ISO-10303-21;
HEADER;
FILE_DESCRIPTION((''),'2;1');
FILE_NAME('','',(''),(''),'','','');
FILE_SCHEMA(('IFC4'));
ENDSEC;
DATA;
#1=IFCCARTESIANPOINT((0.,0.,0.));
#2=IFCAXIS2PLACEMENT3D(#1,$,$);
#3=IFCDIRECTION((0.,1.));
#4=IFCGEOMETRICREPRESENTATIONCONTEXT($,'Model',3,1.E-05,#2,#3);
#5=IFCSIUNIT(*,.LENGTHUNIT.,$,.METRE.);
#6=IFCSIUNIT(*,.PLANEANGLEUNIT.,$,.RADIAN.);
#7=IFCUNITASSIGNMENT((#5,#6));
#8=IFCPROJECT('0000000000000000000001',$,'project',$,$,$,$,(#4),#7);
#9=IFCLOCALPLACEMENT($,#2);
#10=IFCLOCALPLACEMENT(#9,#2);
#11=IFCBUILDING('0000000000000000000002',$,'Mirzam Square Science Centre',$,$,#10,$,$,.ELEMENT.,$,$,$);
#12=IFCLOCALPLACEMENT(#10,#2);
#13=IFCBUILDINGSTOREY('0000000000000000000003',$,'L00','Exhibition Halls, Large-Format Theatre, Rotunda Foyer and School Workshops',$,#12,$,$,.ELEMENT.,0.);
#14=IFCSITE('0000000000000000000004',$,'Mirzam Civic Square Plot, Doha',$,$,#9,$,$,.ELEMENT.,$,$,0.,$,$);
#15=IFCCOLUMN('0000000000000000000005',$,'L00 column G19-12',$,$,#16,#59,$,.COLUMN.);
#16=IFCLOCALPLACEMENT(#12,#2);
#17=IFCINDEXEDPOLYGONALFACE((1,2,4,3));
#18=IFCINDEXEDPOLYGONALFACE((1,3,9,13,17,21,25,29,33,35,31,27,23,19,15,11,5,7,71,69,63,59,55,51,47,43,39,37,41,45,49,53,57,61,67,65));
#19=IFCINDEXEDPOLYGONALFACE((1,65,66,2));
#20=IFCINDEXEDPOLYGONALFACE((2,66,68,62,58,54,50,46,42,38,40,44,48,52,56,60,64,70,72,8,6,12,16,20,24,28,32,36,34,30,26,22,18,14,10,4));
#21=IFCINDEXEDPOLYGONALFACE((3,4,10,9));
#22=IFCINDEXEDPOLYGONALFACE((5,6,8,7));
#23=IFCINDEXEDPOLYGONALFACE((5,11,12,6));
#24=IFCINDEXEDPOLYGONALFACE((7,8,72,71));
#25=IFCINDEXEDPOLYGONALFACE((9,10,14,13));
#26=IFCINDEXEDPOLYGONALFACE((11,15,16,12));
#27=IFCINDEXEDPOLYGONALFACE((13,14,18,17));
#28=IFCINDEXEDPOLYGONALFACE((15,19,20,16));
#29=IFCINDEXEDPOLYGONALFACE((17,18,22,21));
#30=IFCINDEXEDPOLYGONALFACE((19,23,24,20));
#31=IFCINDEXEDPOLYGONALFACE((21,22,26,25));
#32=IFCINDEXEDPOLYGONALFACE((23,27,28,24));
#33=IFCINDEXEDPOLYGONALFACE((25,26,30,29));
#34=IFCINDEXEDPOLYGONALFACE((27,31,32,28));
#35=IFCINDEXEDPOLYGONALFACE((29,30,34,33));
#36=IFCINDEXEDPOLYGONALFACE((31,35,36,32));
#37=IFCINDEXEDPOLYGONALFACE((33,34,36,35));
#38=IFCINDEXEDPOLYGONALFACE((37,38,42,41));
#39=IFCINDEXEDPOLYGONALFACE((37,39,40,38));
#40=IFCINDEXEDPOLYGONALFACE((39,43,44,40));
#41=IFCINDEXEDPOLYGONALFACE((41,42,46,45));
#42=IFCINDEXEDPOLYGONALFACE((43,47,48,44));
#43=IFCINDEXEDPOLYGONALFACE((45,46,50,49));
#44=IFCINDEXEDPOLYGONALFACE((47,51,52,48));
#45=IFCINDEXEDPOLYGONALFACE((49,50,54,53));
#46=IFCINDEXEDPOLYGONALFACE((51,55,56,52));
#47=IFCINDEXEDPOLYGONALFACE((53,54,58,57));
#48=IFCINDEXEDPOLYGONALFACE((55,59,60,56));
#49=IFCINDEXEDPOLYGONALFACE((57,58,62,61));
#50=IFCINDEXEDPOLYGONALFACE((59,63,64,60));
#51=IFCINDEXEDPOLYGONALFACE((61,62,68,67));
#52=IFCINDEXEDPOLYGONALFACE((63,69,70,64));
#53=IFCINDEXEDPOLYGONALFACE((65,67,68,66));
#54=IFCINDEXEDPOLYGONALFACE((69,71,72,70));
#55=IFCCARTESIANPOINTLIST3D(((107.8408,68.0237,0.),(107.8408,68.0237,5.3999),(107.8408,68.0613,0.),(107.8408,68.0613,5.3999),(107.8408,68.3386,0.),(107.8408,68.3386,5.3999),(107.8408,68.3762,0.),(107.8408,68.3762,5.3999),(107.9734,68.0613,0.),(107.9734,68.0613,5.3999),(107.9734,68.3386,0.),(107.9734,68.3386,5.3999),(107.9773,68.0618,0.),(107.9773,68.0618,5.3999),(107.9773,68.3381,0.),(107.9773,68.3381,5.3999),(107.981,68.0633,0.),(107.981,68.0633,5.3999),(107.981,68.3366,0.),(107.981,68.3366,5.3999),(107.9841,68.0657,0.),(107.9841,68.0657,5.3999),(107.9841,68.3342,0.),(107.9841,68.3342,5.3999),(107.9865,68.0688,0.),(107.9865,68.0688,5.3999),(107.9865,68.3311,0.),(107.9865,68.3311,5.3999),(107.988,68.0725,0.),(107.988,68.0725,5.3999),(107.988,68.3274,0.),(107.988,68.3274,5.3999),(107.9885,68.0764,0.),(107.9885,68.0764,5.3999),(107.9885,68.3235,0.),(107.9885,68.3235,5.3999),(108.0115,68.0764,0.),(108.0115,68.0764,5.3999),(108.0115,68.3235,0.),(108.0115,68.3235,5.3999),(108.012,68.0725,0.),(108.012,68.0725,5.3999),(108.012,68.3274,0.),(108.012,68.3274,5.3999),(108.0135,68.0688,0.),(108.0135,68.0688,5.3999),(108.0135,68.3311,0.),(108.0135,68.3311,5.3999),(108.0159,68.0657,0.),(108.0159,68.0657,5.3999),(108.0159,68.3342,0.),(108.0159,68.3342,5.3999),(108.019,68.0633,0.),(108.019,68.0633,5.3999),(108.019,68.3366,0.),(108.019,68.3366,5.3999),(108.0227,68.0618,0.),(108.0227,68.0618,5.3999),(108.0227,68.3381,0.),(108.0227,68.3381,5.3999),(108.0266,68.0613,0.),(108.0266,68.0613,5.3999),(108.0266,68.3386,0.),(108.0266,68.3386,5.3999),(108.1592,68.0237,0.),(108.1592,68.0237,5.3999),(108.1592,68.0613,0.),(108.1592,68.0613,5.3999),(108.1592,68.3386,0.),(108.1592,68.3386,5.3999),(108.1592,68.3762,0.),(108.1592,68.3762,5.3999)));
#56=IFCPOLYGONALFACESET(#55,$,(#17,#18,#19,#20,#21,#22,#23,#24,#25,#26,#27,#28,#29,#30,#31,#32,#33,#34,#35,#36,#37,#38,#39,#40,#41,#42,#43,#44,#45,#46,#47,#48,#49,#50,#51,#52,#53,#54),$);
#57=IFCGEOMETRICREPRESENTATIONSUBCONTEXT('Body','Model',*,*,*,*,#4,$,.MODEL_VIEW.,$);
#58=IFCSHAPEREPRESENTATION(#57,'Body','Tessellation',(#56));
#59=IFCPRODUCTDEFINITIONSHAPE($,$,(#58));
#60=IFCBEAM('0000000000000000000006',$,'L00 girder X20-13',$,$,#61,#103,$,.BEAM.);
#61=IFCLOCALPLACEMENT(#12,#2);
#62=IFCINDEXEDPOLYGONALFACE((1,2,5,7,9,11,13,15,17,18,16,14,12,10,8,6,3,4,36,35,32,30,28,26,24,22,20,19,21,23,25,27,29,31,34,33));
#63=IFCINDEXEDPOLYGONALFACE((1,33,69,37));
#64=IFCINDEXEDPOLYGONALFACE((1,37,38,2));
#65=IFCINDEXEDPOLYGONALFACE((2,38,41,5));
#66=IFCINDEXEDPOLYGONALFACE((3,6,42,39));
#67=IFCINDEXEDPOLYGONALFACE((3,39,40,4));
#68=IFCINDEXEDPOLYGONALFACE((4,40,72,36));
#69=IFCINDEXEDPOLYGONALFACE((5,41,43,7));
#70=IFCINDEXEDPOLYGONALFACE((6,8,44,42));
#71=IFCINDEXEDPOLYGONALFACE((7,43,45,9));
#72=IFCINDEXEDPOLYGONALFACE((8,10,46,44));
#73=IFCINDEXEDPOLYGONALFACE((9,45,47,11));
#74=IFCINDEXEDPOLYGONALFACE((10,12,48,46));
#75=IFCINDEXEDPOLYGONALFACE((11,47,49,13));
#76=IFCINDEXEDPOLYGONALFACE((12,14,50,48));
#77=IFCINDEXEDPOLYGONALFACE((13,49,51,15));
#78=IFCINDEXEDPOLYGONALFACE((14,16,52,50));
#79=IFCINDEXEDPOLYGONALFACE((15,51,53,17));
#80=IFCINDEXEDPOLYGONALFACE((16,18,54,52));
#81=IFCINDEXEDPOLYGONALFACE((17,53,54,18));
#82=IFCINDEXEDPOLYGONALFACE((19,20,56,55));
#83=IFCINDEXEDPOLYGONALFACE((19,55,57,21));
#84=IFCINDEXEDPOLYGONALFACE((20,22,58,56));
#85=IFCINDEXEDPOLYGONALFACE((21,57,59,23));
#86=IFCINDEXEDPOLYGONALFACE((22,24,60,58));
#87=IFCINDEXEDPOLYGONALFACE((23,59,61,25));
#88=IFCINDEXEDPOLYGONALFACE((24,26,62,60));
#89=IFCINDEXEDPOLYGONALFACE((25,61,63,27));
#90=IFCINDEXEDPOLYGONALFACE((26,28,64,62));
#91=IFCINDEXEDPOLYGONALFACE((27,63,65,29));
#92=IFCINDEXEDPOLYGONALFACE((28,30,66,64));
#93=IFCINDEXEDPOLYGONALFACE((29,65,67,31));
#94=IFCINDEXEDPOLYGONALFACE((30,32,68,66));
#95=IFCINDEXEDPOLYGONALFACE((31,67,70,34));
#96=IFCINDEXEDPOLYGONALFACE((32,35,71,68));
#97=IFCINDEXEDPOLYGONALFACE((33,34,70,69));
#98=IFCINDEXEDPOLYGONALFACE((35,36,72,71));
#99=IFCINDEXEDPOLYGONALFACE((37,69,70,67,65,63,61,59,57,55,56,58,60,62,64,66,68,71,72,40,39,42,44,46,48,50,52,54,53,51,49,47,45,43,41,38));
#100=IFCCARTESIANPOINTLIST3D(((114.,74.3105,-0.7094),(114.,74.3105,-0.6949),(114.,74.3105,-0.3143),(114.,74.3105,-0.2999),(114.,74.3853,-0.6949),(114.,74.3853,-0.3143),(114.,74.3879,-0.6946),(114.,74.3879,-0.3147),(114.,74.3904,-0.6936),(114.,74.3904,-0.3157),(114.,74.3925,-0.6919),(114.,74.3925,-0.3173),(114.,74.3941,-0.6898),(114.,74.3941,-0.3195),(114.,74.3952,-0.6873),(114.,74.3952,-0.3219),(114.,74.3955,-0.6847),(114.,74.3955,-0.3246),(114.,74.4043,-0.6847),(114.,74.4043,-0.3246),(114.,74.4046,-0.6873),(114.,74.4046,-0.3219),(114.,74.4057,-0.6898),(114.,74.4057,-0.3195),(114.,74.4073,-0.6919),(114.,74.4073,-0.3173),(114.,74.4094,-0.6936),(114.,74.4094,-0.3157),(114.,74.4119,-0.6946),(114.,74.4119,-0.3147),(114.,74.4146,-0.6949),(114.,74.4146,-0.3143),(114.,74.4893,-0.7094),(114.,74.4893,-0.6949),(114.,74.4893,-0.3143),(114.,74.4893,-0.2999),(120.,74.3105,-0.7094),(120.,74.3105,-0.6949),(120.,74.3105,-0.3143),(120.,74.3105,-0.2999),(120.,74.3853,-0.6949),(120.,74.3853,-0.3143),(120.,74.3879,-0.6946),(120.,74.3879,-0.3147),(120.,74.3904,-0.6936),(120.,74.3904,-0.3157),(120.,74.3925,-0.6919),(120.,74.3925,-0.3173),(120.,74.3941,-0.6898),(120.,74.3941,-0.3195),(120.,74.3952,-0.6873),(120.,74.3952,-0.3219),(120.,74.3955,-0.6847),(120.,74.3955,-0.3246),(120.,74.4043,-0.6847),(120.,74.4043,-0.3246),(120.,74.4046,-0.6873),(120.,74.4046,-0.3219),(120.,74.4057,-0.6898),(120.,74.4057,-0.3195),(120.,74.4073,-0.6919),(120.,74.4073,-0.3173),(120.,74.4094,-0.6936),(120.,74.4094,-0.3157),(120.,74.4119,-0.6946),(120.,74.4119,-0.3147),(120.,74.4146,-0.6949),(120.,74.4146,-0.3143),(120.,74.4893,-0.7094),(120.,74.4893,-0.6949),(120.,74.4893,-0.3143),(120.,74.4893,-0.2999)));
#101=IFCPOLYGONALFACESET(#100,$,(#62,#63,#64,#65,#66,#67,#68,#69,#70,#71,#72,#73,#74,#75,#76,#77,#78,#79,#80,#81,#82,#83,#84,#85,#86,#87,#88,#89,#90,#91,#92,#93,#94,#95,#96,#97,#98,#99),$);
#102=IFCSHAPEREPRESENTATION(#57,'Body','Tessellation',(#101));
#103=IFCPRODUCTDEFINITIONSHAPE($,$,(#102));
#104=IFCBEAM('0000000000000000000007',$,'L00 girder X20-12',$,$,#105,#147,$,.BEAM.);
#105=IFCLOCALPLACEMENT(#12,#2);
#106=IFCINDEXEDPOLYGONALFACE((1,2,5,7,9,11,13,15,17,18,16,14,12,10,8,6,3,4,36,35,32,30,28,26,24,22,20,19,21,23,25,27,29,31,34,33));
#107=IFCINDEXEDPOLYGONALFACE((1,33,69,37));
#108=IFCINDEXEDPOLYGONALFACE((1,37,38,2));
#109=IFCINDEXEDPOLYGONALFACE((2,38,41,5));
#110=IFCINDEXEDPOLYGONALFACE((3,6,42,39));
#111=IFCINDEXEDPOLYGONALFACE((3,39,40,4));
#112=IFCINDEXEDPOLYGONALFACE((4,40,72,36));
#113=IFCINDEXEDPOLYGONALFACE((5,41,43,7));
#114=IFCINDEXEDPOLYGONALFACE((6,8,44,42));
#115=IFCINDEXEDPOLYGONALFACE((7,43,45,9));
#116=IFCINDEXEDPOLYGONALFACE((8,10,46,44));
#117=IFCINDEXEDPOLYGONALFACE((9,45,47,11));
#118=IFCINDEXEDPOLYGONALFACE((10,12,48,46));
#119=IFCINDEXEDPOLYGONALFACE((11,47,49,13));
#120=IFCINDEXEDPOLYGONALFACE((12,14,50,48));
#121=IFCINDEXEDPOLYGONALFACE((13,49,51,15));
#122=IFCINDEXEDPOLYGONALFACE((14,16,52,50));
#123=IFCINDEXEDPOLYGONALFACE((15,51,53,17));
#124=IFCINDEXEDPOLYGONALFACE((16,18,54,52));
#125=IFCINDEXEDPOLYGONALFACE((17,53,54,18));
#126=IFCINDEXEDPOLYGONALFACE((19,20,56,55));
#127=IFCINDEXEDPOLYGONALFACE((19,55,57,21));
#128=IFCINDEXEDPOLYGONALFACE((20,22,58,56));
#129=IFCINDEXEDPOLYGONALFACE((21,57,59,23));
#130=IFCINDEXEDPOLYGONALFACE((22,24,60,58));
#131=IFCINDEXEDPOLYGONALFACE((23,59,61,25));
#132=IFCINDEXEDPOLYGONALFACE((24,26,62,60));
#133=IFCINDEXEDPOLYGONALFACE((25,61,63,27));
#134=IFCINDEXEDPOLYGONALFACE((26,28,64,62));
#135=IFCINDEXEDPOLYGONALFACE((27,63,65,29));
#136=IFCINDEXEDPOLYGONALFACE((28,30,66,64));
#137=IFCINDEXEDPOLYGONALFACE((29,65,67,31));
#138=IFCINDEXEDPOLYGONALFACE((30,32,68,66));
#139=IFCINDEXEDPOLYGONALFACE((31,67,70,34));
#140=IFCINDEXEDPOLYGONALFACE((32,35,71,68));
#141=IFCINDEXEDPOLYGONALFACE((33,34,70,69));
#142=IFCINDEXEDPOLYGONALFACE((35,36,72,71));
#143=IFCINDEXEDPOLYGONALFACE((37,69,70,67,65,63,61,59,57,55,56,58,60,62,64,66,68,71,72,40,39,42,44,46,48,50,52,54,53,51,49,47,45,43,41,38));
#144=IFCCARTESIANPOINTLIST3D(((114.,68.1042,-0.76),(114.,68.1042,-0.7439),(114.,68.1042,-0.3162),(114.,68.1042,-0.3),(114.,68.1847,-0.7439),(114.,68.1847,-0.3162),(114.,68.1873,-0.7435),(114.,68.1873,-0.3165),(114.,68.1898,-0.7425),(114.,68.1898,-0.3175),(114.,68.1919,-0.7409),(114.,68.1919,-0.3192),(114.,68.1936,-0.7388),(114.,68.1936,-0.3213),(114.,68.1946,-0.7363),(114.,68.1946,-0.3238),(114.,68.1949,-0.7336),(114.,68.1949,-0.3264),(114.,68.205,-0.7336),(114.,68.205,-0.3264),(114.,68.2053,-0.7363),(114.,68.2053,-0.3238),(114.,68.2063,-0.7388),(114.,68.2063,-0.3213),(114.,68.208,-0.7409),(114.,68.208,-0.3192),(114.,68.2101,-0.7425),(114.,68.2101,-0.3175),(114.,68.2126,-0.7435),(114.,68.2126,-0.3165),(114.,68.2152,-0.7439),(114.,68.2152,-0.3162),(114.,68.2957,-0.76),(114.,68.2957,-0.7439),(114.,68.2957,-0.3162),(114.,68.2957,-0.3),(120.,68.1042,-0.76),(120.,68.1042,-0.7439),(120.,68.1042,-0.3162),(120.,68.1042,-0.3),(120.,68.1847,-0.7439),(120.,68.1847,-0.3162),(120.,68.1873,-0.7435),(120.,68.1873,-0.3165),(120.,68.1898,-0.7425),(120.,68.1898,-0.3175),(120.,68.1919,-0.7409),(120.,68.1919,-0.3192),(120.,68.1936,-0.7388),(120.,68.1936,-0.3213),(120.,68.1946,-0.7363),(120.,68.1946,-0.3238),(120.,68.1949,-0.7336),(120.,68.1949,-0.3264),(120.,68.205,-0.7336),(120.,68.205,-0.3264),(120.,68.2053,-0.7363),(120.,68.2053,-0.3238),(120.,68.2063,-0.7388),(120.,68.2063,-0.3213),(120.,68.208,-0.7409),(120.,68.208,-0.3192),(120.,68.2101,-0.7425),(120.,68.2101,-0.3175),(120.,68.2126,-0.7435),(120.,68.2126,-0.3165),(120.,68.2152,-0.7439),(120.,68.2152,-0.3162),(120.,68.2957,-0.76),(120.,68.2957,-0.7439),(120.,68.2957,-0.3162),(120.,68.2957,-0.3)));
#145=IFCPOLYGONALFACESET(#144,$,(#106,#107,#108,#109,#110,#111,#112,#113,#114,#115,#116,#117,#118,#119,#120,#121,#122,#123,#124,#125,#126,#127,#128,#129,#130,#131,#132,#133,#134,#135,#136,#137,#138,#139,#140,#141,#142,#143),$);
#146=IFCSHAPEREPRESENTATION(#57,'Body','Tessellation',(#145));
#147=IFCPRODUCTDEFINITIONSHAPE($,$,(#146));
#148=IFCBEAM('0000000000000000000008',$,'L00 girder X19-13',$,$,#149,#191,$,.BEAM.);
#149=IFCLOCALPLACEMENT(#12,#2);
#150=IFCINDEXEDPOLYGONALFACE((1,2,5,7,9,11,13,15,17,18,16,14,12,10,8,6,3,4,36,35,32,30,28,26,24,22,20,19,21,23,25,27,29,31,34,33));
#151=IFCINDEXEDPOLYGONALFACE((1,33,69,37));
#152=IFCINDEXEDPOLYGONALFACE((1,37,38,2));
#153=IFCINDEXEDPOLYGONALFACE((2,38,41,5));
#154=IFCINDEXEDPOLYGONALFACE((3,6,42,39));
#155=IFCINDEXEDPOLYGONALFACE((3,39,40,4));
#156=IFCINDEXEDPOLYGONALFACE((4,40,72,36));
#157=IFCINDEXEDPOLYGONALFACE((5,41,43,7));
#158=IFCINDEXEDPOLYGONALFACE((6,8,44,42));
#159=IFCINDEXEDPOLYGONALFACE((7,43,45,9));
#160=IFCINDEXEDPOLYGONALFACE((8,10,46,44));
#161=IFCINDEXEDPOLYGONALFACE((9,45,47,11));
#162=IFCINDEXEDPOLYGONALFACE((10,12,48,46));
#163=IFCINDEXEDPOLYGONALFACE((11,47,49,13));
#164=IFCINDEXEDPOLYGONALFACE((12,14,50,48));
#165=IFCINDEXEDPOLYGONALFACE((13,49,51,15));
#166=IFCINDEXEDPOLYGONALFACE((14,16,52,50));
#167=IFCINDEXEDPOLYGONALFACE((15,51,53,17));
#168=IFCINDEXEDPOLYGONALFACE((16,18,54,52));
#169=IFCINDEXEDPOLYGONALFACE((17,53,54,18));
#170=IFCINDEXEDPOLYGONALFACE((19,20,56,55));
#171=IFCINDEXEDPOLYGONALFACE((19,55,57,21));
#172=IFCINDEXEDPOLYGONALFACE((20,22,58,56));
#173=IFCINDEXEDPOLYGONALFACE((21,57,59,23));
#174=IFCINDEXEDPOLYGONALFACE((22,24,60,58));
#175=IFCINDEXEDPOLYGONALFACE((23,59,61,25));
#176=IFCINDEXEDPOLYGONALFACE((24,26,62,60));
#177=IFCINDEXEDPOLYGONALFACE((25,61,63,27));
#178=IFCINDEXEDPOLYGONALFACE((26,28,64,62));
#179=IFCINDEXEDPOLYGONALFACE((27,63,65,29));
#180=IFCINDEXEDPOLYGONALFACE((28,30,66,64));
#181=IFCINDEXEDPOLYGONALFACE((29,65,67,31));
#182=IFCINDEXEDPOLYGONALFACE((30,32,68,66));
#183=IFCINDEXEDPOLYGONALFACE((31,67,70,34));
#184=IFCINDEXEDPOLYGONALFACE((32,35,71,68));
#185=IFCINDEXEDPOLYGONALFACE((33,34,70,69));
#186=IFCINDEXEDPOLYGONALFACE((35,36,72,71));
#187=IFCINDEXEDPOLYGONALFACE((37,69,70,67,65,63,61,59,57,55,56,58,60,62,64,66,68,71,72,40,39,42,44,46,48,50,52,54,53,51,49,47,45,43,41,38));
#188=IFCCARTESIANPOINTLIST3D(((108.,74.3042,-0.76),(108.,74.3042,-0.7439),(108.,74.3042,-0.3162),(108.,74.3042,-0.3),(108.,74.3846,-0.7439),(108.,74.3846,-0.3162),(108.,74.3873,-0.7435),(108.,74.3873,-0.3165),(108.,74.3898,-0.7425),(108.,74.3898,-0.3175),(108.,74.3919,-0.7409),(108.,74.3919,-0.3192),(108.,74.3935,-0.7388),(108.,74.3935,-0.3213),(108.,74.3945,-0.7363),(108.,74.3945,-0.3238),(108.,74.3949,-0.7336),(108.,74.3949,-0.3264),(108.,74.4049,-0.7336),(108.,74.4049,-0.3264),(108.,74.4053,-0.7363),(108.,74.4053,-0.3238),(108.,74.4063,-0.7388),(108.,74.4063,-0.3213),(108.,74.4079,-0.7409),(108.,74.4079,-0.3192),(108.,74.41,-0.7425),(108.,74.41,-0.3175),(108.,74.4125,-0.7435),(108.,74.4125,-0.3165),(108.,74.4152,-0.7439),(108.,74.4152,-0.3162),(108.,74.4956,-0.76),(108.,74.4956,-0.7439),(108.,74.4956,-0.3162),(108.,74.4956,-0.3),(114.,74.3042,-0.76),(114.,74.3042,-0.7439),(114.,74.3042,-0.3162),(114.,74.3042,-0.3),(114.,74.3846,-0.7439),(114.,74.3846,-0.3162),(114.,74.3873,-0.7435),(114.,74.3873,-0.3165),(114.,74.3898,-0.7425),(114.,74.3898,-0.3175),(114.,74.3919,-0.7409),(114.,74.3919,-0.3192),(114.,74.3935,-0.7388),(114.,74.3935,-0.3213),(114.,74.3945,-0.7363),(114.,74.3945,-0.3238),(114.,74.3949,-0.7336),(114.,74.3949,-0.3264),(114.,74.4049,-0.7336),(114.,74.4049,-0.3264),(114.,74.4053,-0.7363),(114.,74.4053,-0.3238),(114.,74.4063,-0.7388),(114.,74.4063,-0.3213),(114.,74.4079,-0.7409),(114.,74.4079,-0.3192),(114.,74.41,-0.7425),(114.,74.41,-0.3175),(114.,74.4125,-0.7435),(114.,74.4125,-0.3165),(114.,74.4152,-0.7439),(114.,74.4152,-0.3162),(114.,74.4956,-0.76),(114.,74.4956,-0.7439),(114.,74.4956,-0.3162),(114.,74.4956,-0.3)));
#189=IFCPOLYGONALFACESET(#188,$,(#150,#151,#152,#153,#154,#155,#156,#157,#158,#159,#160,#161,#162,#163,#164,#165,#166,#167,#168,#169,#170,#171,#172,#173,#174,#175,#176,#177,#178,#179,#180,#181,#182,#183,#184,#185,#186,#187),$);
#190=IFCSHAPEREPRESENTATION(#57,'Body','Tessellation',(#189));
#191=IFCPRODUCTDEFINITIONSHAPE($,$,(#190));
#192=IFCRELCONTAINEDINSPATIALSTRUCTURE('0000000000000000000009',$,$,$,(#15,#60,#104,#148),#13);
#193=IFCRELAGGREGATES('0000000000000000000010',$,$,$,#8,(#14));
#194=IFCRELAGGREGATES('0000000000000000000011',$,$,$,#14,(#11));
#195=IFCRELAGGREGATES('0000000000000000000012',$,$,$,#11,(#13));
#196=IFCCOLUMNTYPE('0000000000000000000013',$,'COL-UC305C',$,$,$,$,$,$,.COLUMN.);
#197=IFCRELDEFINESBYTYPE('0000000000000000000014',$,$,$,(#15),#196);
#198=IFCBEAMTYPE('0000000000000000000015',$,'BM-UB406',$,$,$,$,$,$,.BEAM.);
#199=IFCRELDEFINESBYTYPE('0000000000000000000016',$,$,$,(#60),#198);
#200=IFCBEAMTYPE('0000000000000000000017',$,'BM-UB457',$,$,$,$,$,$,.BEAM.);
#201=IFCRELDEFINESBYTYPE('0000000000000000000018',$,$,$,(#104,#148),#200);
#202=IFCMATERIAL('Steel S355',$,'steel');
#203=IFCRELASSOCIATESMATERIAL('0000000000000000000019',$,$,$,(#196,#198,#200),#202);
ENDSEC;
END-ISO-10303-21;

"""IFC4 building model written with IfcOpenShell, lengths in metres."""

from ifc_helpers import new_model, si_unit, direction, frame, origin, origin_2d, place, context, subcontext, project, spatial, i_section, extrude, material, material_profile, profile_set, type_object, element, save


model = new_model("IFC4")

# Units and contexts
model_context = context("Model", 3, precision=1e-05, world=origin(), true_north=direction((0.0, 1.0)))
body_context = subcontext(model_context, "Body", "Model", "MODEL_VIEW")
ifc_project = project(units=[si_unit("LENGTHUNIT", "METRE"), si_unit("PLANEANGLEUNIT", "RADIAN")], contexts=[model_context])

# Site, building, storey
site_placement = place(None, origin())
site = spatial("IfcSite", under=ifc_project, at=site_placement, Name="Mirzam Civic Square Plot, Doha", CompositionType="ELEMENT", RefElevation=0.0)
building_placement = place(site_placement, origin())
building = spatial("IfcBuilding", under=site, at=building_placement, Name="Mirzam Square Science Centre", CompositionType="ELEMENT")
storey_placement = place(building_placement, origin())
storey = spatial("IfcBuildingStorey", under=building, at=storey_placement, Name="L00", Description="Exhibition Halls, Large-Format Theatre, Rotunda Foyer and School Workshops", CompositionType="ELEMENT", Elevation=0.0)

# Column
ifc_material_1 = material(Name="Steel S355", Category="steel")
ifc_material_profile_1 = material_profile(ifc_material_1, i_section(OverallWidth=0.3184, OverallDepth=0.3525, WebThickness=0.0229, FlangeThickness=0.0376, FilletRadius=0.0151, at=origin_2d()), Name="305x305x240UC")
ifc_profile_set_1 = profile_set([ifc_material_profile_1], Name="Steel S355")
column_type_1 = type_object("IfcColumnType", Name="COL-UC305C", PredefinedType="COLUMN", material=ifc_profile_set_1)
column_1_placement = place(storey_placement, frame((108.0, 68.2, 0.0), z_axis=(0.0, 0.0, 1.0), x_axis=(1.0, 0.0, 0.0)))
element("IfcColumn", 1, at=column_1_placement, inside=storey, type_object=column_type_1, Name="L00 column G19-12", PredefinedType="COLUMN", context=body_context, shape_type="SweptSolid", body=[
    extrude(i_section(OverallWidth=0.3184, OverallDepth=0.3525, WebThickness=0.0229, FlangeThickness=0.0376, FilletRadius=0.0151, at=origin_2d()), origin(), (0.0, 0.0, 1.0), 5.3999),
])

# Beams
ifc_material_profile_2 = material_profile(ifc_material_1, i_section(OverallWidth=0.1787, OverallDepth=0.4094, WebThickness=0.0088, FlangeThickness=0.0144, FilletRadius=0.0103, at=origin_2d()), Name="406x178x67UB")
ifc_profile_set_2 = profile_set([ifc_material_profile_2], Name="Steel S355")
beam_type_1 = type_object("IfcBeamType", Name="BM-UB406", PredefinedType="BEAM", material=ifc_profile_set_2)
beam_1_placement = place(storey_placement, frame((114.0, 74.3999, -0.5046), z_axis=(1.0, 0.0, 0.0), x_axis=(0.0, 1.0, 0.0)))
element("IfcBeam", 2, at=beam_1_placement, inside=storey, type_object=beam_type_1, Name="L00 girder X20-13", PredefinedType="BEAM", context=body_context, shape_type="SweptSolid", body=[
    extrude(i_section(OverallWidth=0.1787, OverallDepth=0.4094, WebThickness=0.0088, FlangeThickness=0.0144, FilletRadius=0.0103, at=origin_2d()), origin(), (0.0, 0.0, 1.0), 6.0),
])
ifc_material_profile_3 = material_profile(ifc_material_1, i_section(OverallWidth=0.1914, OverallDepth=0.46, WebThickness=0.01, FlangeThickness=0.0161, FilletRadius=0.0103, at=origin_2d()), Name="457x191x82UB")
ifc_profile_set_3 = profile_set([ifc_material_profile_3], Name="Steel S355")
beam_type_2 = type_object("IfcBeamType", Name="BM-UB457", PredefinedType="BEAM", material=ifc_profile_set_3)
for number, where, z_axis, x_axis, name in (
    (3, (114.0, 68.2, -0.53), (1.0, 0.0, 0.0), (0.0, 1.0, 0.0), "L00 girder X20-12"),
    (4, (108.0, 74.3999, -0.53), (1.0, 0.0, 0.0), (0.0, 1.0, 0.0), "L00 girder X19-13"),
):
    element("IfcBeam", number, at=place(storey_placement, frame(where, z_axis=z_axis, x_axis=x_axis)), inside=storey, type_object=beam_type_2, Name=name, PredefinedType="BEAM", context=body_context, shape_type="SweptSolid", body=[
        extrude(i_section(OverallWidth=0.1914, OverallDepth=0.46, WebThickness=0.01, FlangeThickness=0.0161, FilletRadius=0.0103, at=origin_2d()), origin(), (0.0, 0.0, 1.0), 6.0),
    ])

save(model, "model.ifc")
